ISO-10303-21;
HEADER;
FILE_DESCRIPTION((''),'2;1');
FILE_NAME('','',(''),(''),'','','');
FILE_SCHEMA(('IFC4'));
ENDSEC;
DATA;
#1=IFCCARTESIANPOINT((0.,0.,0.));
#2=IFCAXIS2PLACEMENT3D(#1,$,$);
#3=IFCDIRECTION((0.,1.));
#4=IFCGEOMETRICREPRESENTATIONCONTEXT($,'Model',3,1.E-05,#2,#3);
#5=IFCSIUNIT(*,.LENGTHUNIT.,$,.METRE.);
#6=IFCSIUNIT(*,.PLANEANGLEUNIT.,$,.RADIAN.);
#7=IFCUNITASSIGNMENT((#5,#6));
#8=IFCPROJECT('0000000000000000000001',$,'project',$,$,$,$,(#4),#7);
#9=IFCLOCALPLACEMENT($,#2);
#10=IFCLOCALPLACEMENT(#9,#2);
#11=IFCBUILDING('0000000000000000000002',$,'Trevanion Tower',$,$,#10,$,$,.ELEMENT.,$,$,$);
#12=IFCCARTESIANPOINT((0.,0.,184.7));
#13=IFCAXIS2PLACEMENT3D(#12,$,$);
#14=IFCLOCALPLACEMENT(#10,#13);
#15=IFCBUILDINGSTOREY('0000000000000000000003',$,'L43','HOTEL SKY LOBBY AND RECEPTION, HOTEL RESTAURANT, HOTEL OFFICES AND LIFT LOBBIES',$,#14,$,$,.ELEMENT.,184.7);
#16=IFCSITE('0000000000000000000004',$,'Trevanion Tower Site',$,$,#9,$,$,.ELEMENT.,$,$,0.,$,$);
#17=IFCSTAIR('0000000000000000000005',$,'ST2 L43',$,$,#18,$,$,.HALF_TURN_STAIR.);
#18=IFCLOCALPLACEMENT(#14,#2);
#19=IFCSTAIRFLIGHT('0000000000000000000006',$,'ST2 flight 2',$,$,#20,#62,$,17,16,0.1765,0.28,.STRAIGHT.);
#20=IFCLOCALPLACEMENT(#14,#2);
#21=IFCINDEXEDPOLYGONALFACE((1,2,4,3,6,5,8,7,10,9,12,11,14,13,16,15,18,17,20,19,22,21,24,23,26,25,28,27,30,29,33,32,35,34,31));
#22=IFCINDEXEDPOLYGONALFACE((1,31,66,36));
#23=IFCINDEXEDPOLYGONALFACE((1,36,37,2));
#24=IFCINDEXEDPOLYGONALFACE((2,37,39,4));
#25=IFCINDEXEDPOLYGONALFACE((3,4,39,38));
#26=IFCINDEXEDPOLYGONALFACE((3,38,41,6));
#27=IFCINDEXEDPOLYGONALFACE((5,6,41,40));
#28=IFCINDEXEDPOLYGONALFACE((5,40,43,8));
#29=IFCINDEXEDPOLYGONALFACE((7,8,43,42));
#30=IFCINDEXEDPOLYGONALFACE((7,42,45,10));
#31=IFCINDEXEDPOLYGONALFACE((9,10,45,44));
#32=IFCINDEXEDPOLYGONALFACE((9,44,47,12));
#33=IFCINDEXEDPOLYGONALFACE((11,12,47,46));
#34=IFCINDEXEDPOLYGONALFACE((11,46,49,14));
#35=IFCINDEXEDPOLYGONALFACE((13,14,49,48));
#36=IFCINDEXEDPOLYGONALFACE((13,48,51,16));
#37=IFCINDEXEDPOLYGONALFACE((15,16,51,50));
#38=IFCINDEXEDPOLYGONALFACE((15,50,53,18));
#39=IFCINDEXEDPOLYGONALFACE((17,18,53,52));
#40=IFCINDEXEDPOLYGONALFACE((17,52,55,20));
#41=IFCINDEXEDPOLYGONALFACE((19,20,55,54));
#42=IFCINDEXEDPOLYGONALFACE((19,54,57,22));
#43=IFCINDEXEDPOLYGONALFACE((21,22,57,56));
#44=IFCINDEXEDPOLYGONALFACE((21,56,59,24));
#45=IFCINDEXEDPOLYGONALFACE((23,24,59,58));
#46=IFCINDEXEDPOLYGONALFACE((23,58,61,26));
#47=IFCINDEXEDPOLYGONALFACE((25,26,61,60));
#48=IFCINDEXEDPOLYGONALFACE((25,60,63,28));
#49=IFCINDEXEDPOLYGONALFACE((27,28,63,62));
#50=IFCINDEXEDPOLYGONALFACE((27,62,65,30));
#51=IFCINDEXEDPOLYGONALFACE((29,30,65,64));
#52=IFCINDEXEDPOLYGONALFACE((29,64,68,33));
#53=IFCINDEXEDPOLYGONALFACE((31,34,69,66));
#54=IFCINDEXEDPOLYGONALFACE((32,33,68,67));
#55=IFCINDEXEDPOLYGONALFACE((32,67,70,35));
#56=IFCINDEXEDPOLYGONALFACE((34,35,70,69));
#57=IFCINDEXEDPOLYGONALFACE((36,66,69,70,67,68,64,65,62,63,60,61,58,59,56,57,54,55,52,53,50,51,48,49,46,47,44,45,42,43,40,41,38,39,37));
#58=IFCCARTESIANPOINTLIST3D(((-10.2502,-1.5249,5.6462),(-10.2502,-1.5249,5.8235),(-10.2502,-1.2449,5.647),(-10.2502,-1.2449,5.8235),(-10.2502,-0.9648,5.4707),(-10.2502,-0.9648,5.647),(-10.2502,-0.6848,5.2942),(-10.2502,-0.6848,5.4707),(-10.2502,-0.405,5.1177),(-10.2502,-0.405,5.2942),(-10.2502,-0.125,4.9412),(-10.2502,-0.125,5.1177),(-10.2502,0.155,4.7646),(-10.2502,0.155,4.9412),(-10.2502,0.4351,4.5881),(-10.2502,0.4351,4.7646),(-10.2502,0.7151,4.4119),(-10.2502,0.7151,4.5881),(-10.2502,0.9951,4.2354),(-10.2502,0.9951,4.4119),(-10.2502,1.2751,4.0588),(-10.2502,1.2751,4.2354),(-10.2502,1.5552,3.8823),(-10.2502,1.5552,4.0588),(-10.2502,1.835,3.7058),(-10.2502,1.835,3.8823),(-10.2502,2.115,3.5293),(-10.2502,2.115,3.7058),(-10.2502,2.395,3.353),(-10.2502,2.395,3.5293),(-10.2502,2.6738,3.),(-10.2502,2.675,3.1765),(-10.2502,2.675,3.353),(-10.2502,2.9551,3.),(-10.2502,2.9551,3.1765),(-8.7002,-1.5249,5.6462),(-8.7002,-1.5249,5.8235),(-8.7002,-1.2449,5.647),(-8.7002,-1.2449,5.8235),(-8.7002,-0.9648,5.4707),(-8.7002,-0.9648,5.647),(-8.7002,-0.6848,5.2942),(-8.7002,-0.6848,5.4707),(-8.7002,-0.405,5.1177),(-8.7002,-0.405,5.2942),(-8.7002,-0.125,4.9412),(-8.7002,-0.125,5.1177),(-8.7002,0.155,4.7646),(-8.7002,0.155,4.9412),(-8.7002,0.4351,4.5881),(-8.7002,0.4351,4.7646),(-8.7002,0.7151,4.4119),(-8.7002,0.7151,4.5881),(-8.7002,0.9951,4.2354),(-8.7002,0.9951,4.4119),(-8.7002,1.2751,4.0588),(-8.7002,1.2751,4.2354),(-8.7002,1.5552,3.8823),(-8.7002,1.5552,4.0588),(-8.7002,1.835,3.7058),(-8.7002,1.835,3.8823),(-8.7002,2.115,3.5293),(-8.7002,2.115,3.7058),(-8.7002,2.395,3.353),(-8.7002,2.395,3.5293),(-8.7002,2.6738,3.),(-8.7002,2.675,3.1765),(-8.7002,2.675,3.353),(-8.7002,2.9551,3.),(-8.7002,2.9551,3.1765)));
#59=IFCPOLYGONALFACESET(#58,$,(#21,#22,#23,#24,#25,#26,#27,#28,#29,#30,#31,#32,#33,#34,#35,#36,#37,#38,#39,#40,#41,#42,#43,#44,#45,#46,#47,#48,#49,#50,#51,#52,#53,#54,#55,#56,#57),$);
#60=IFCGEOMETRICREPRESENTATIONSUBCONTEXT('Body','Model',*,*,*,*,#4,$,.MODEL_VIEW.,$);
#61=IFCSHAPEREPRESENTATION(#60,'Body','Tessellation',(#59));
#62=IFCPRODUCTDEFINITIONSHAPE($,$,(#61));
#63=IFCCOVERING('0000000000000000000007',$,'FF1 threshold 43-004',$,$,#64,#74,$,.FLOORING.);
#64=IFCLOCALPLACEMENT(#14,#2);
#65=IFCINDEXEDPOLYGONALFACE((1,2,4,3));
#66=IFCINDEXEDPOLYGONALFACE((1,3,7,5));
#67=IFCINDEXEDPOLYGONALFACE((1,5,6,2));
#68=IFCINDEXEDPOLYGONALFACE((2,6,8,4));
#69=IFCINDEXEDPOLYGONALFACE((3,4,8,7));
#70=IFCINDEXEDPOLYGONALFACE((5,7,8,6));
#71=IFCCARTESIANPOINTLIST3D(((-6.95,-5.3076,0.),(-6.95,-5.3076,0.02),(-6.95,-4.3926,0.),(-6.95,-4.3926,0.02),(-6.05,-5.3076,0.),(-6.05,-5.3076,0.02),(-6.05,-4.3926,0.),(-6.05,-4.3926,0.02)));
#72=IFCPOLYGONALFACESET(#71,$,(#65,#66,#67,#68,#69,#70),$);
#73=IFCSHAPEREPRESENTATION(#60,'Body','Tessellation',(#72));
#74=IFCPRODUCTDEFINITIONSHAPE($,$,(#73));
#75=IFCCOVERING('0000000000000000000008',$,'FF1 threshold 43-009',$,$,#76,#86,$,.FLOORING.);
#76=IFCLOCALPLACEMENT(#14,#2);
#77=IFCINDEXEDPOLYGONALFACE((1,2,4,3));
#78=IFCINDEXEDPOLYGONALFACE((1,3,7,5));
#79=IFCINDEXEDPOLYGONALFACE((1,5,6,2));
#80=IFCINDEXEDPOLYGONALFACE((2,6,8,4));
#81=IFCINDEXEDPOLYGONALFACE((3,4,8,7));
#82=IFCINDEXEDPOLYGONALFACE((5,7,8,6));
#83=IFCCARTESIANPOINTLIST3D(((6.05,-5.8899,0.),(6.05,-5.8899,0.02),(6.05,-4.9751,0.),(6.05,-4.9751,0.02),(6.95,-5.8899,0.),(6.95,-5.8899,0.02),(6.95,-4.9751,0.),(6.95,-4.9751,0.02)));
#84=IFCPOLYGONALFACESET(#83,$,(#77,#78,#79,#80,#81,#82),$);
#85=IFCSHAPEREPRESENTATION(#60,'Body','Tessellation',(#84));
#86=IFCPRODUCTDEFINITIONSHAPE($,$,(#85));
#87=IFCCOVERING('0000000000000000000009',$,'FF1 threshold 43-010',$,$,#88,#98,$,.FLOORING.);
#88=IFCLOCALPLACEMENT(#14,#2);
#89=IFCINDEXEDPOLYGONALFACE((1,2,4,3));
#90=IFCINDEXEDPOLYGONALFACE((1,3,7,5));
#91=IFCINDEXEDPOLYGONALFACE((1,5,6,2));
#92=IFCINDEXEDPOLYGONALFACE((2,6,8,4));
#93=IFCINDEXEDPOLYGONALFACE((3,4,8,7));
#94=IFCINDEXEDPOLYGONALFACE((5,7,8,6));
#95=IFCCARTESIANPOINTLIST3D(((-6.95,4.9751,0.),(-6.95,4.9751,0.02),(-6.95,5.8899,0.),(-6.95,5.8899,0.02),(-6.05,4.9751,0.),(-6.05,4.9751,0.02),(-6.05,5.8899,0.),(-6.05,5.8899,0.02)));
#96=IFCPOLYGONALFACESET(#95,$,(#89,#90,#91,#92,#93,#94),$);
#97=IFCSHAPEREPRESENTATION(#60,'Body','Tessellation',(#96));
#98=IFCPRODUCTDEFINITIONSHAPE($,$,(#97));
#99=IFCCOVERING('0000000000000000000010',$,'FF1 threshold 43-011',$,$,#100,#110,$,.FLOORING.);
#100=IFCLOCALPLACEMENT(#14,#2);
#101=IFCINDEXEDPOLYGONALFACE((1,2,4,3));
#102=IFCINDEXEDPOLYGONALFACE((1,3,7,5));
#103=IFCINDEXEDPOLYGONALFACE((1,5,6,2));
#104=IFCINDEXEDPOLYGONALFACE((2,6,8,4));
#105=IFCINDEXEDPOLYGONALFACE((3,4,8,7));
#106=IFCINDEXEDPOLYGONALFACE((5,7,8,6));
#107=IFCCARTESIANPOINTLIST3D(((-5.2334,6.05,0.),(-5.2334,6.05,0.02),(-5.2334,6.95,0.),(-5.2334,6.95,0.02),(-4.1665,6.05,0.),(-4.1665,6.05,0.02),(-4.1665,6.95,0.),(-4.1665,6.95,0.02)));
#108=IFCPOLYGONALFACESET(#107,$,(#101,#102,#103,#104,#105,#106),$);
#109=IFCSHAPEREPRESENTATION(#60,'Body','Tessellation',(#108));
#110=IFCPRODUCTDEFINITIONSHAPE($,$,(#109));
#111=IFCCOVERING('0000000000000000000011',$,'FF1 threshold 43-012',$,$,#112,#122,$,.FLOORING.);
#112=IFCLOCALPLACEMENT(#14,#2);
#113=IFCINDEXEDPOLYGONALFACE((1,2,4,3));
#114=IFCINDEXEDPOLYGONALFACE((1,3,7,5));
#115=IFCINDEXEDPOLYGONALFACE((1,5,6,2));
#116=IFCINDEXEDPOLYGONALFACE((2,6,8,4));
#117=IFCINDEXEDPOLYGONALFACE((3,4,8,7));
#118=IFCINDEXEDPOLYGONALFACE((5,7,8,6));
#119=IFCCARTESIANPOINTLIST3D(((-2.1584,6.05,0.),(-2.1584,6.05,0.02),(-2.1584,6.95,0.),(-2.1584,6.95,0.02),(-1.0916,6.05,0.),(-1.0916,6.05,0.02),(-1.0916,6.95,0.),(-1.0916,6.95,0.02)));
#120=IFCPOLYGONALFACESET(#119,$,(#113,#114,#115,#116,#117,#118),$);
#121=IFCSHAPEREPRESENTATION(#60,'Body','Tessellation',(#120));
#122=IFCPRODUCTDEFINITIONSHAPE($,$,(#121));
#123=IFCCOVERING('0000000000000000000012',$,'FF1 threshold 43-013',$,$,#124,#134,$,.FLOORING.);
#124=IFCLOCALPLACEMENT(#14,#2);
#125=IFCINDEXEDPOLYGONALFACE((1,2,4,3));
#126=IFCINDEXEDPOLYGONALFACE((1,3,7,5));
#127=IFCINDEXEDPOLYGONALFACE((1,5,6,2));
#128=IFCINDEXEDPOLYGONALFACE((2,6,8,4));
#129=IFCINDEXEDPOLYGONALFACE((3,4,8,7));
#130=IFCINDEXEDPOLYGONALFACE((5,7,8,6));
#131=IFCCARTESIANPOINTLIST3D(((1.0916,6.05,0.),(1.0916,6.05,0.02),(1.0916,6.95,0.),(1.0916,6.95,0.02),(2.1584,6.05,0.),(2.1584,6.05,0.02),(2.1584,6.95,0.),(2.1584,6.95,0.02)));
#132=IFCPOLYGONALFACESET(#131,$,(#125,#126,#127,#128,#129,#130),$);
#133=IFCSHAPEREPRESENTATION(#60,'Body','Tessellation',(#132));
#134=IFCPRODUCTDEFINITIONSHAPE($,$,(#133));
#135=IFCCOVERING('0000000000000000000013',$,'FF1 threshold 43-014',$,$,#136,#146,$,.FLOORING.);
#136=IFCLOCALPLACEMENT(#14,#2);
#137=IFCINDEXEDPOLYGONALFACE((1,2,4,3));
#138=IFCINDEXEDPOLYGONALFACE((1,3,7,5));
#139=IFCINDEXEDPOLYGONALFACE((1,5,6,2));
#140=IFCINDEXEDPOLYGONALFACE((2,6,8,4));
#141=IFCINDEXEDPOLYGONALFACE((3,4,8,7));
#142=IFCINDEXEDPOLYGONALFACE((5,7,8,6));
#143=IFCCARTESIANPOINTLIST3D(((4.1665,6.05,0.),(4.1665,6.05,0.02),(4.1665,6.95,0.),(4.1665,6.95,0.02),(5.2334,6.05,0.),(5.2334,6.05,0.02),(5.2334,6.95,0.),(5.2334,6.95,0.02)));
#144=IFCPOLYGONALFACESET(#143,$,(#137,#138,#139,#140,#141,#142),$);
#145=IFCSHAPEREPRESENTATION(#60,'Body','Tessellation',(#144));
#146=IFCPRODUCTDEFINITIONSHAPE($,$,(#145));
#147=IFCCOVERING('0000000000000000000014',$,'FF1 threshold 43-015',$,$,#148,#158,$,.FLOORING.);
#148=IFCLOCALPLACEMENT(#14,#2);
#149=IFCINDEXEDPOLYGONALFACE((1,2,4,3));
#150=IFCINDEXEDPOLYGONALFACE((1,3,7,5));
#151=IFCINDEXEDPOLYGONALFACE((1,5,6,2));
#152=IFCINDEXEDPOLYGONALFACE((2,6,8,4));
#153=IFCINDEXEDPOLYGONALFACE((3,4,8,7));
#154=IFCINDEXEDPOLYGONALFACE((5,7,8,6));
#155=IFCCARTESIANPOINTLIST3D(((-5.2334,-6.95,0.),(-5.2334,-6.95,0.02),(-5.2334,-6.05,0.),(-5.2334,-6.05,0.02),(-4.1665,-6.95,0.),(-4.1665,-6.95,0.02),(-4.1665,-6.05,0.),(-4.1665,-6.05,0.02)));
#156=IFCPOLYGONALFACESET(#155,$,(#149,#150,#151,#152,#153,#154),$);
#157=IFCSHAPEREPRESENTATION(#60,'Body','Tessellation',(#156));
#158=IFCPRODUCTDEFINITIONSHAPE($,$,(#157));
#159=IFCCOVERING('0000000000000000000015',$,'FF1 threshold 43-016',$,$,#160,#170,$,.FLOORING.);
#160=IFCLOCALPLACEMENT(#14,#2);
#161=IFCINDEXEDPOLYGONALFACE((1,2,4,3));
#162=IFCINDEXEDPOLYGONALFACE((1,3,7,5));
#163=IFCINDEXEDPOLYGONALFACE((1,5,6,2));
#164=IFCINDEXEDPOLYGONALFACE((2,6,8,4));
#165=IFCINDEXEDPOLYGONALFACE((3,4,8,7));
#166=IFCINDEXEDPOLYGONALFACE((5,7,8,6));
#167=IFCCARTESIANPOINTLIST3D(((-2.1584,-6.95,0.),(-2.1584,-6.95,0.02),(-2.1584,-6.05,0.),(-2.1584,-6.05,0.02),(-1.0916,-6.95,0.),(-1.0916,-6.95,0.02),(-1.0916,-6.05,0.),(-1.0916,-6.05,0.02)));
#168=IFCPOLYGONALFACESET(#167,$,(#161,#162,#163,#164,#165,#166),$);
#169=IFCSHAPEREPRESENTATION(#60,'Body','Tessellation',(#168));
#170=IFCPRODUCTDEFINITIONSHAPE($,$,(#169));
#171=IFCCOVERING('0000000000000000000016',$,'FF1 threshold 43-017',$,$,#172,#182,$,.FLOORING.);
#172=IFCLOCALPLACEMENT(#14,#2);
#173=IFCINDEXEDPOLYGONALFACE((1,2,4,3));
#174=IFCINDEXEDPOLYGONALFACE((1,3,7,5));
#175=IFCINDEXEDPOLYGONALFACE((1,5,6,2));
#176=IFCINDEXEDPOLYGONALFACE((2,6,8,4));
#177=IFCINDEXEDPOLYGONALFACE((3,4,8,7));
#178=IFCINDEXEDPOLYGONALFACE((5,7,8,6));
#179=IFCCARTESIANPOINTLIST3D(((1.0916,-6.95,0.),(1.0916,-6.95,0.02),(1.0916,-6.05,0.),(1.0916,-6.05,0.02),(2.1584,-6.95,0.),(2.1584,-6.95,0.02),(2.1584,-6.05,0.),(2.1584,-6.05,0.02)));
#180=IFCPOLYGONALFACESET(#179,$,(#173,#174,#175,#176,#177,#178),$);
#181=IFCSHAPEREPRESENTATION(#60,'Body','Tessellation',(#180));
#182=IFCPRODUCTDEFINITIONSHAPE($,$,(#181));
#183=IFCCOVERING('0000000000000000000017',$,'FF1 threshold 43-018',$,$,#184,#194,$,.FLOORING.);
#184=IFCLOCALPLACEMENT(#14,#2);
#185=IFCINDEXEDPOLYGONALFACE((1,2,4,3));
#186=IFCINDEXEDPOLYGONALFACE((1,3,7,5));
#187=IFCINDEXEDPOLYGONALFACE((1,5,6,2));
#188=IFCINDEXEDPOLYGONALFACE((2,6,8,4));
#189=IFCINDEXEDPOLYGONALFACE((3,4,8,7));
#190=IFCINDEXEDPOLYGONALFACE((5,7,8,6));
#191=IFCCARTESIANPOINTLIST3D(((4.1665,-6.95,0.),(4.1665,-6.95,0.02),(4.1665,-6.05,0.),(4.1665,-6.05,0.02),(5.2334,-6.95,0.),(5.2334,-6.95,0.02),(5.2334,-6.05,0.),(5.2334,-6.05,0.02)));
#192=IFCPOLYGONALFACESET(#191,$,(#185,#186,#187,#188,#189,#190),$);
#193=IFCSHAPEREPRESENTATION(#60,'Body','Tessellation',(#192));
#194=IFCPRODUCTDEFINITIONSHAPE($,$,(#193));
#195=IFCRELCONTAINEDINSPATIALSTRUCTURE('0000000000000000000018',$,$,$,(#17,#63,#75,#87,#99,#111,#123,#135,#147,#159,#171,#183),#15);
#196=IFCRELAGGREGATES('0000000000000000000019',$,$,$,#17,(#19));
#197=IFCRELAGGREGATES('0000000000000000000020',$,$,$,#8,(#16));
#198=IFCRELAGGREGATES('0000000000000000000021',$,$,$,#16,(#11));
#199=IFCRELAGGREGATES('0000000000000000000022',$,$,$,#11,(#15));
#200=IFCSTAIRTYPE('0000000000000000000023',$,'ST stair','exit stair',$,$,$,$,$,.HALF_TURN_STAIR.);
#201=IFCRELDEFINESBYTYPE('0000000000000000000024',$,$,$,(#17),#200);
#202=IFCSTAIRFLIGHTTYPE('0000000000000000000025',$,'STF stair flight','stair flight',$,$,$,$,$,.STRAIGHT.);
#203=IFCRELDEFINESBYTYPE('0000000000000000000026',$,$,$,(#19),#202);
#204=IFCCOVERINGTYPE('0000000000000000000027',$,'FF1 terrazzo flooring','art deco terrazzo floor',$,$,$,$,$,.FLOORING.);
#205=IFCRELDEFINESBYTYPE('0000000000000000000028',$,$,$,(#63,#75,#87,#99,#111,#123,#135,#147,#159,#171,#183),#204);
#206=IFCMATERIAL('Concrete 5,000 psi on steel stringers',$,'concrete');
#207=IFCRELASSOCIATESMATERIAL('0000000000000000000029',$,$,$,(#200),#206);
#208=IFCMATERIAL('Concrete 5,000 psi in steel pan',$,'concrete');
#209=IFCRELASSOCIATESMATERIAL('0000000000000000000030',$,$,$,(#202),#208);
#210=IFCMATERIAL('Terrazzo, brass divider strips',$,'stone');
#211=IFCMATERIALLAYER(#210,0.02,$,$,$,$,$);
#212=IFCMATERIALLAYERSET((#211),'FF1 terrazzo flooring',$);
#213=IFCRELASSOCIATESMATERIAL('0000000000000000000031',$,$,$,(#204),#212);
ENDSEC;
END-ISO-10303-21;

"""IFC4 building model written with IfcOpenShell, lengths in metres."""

from ifc_helpers import new_model, si_unit, direction, frame, origin, place, context, subcontext, project, spatial, polyline, outline, extrude, material, layer, layer_set, type_object, element, aggregate, save


model = new_model("IFC4")

# Units and contexts
model_context = context("Model", 3, precision=1e-05, world=origin(), true_north=direction((0.0, 1.0)))
body_context = subcontext(model_context, "Body", "Model", "MODEL_VIEW")
ifc_project = project(units=[si_unit("LENGTHUNIT", "METRE"), si_unit("PLANEANGLEUNIT", "RADIAN")], contexts=[model_context])

# Site, building, storey
site_placement = place(None, origin())
site = spatial("IfcSite", under=ifc_project, at=site_placement, Name="Trevanion Tower Site", CompositionType="ELEMENT", RefElevation=0.0)
building_placement = place(site_placement, origin())
building = spatial("IfcBuilding", under=site, at=building_placement, Name="Trevanion Tower", CompositionType="ELEMENT")
storey_placement = place(building_placement, frame((0.0, 0.0, 184.7)))
storey = spatial("IfcBuildingStorey", under=building, at=storey_placement, Name="L43", Description="HOTEL SKY LOBBY AND RECEPTION, HOTEL RESTAURANT, HOTEL OFFICES AND LIFT LOBBIES", CompositionType="ELEMENT", Elevation=184.7)

# Stair, stair flight
ifc_material_1 = material(Name="Concrete 5,000 psi on steel stringers", Category="concrete")
stair_type = type_object("IfcStairType", Name="ST stair", Description="exit stair", PredefinedType="HALF_TURN_STAIR", material=ifc_material_1)
stair_placement = place(storey_placement, origin())
stair = element("IfcStair", 1, at=stair_placement, inside=storey, type_object=stair_type, Name="ST2 L43", PredefinedType="HALF_TURN_STAIR")
ifc_material_2 = material(Name="Concrete 5,000 psi in steel pan", Category="concrete")
stair_flight_type = type_object("IfcStairFlightType", Name="STF stair flight", Description="stair flight", PredefinedType="STRAIGHT", material=ifc_material_2)
stair_flight_placement = place(storey_placement, frame((-9.4751, 2.9551, 3.0), z_axis=(0.0, 0.0, 1.0), x_axis=(0.0, -1.0, 0.0)))
stair_flight = element("IfcStairFlight", 2, at=stair_flight_placement, type_object=stair_flight_type, Name="ST2 flight 2", NumberOfRisers=17, NumberOfTreads=16, PredefinedType="STRAIGHT", RiserHeight=0.1765, TreadLength=0.28, context=body_context, shape_type="SweptSolid", body=[
    extrude(outline(polyline([(0.0, 0.0), (0.0, 0.1765), (0.28, 0.1765), (0.28, 0.353), (0.5601, 0.353), (0.5601, 0.5293), (0.8401, 0.5293), (0.8401, 0.7058), (1.1201, 0.7058), (1.1201, 0.8823), (1.3999, 0.8823), (1.3999, 1.0588), (1.6799, 1.0588), (1.6799, 1.2354), (1.96, 1.2354), (1.96, 1.4119), (2.24, 1.4119), (2.24, 1.5881), (2.52, 1.5881), (2.52, 1.7646), (2.8, 1.7646), (2.8, 1.9412), (3.0801, 1.9412), (3.0801, 2.1177), (3.3601, 2.1177), (3.3601, 2.2942), (3.6399, 2.2942), (3.6399, 2.4707), (3.9199, 2.4707), (3.9199, 2.647), (4.2, 2.647), (4.2, 2.8235), (4.48, 2.8235), (4.48, 3.0), (4.48, 2.6462), (0.2812, 0.0), (0.0, 0.0)])), frame((0.0, 0.7749, 0.0), z_axis=(0.0, -1.0, 0.0), x_axis=(1.0, 0.0, 0.0)), (0.0, 0.0, 1.0), 1.55),
])
aggregate(stair, [stair_flight])

# Coverings
ifc_material_3 = material(Name="Terrazzo, brass divider strips", Category="stone")
ifc_layer_1 = layer(ifc_material_3, 0.02)
ifc_layer_set_1 = layer_set([ifc_layer_1], Name="FF1 terrazzo flooring")
covering_type = type_object("IfcCoveringType", Name="FF1 terrazzo flooring", Description="art deco terrazzo floor", PredefinedType="FLOORING", material=ifc_layer_set_1)
covering_1_placement = place(storey_placement, origin())
element("IfcCovering", 3, at=covering_1_placement, inside=storey, type_object=covering_type, Name="FF1 threshold 43-004", PredefinedType="FLOORING", context=body_context, shape_type="SweptSolid", body=[
    extrude(outline(polyline([(-6.95, -4.3926), (-6.95, -5.3076), (-6.05, -5.3076), (-6.05, -4.3926), (-6.95, -4.3926)])), origin(), (0.0, 0.0, 1.0), 0.02),
])
covering_2_placement = place(storey_placement, origin())
element("IfcCovering", 4, at=covering_2_placement, inside=storey, type_object=covering_type, Name="FF1 threshold 43-009", PredefinedType="FLOORING", context=body_context, shape_type="SweptSolid", body=[
    extrude(outline(polyline([(6.95, -5.8899), (6.95, -4.9751), (6.05, -4.9751), (6.05, -5.8899), (6.95, -5.8899)])), origin(), (0.0, 0.0, 1.0), 0.02),
])
covering_3_placement = place(storey_placement, origin())
element("IfcCovering", 5, at=covering_3_placement, inside=storey, type_object=covering_type, Name="FF1 threshold 43-010", PredefinedType="FLOORING", context=body_context, shape_type="SweptSolid", body=[
    extrude(outline(polyline([(-6.95, 5.8899), (-6.95, 4.9751), (-6.05, 4.9751), (-6.05, 5.8899), (-6.95, 5.8899)])), origin(), (0.0, 0.0, 1.0), 0.02),
])
covering_4_placement = place(storey_placement, origin())
element("IfcCovering", 6, at=covering_4_placement, inside=storey, type_object=covering_type, Name="FF1 threshold 43-011", PredefinedType="FLOORING", context=body_context, shape_type="SweptSolid", body=[
    extrude(outline(polyline([(-4.1665, 6.95), (-5.2334, 6.95), (-5.2334, 6.05), (-4.1665, 6.05), (-4.1665, 6.95)])), origin(), (0.0, 0.0, 1.0), 0.02),
])
covering_5_placement = place(storey_placement, origin())
element("IfcCovering", 7, at=covering_5_placement, inside=storey, type_object=covering_type, Name="FF1 threshold 43-012", PredefinedType="FLOORING", context=body_context, shape_type="SweptSolid", body=[
    extrude(outline(polyline([(-1.0916, 6.95), (-2.1584, 6.95), (-2.1584, 6.05), (-1.0916, 6.05), (-1.0916, 6.95)])), origin(), (0.0, 0.0, 1.0), 0.02),
])
covering_6_placement = place(storey_placement, origin())
element("IfcCovering", 8, at=covering_6_placement, inside=storey, type_object=covering_type, Name="FF1 threshold 43-013", PredefinedType="FLOORING", context=body_context, shape_type="SweptSolid", body=[
    extrude(outline(polyline([(2.1584, 6.95), (1.0916, 6.95), (1.0916, 6.05), (2.1584, 6.05), (2.1584, 6.95)])), origin(), (0.0, 0.0, 1.0), 0.02),
])
covering_7_placement = place(storey_placement, origin())
element("IfcCovering", 9, at=covering_7_placement, inside=storey, type_object=covering_type, Name="FF1 threshold 43-014", PredefinedType="FLOORING", context=body_context, shape_type="SweptSolid", body=[
    extrude(outline(polyline([(5.2334, 6.95), (4.1665, 6.95), (4.1665, 6.05), (5.2334, 6.05), (5.2334, 6.95)])), origin(), (0.0, 0.0, 1.0), 0.02),
])
covering_8_placement = place(storey_placement, origin())
element("IfcCovering", 10, at=covering_8_placement, inside=storey, type_object=covering_type, Name="FF1 threshold 43-015", PredefinedType="FLOORING", context=body_context, shape_type="SweptSolid", body=[
    extrude(outline(polyline([(-5.2334, -6.95), (-4.1665, -6.95), (-4.1665, -6.05), (-5.2334, -6.05), (-5.2334, -6.95)])), origin(), (0.0, 0.0, 1.0), 0.02),
])
covering_9_placement = place(storey_placement, origin())
element("IfcCovering", 11, at=covering_9_placement, inside=storey, type_object=covering_type, Name="FF1 threshold 43-016", PredefinedType="FLOORING", context=body_context, shape_type="SweptSolid", body=[
    extrude(outline(polyline([(-2.1584, -6.95), (-1.0916, -6.95), (-1.0916, -6.05), (-2.1584, -6.05), (-2.1584, -6.95)])), origin(), (0.0, 0.0, 1.0), 0.02),
])
covering_10_placement = place(storey_placement, origin())
element("IfcCovering", 12, at=covering_10_placement, inside=storey, type_object=covering_type, Name="FF1 threshold 43-017", PredefinedType="FLOORING", context=body_context, shape_type="SweptSolid", body=[
    extrude(outline(polyline([(1.0916, -6.95), (2.1584, -6.95), (2.1584, -6.05), (1.0916, -6.05), (1.0916, -6.95)])), origin(), (0.0, 0.0, 1.0), 0.02),
])
covering_11_placement = place(storey_placement, origin())
element("IfcCovering", 13, at=covering_11_placement, inside=storey, type_object=covering_type, Name="FF1 threshold 43-018", PredefinedType="FLOORING", context=body_context, shape_type="SweptSolid", body=[
    extrude(outline(polyline([(4.1665, -6.95), (5.2334, -6.95), (5.2334, -6.05), (4.1665, -6.05), (4.1665, -6.95)])), origin(), (0.0, 0.0, 1.0), 0.02),
])

save(model, "model.ifc")
